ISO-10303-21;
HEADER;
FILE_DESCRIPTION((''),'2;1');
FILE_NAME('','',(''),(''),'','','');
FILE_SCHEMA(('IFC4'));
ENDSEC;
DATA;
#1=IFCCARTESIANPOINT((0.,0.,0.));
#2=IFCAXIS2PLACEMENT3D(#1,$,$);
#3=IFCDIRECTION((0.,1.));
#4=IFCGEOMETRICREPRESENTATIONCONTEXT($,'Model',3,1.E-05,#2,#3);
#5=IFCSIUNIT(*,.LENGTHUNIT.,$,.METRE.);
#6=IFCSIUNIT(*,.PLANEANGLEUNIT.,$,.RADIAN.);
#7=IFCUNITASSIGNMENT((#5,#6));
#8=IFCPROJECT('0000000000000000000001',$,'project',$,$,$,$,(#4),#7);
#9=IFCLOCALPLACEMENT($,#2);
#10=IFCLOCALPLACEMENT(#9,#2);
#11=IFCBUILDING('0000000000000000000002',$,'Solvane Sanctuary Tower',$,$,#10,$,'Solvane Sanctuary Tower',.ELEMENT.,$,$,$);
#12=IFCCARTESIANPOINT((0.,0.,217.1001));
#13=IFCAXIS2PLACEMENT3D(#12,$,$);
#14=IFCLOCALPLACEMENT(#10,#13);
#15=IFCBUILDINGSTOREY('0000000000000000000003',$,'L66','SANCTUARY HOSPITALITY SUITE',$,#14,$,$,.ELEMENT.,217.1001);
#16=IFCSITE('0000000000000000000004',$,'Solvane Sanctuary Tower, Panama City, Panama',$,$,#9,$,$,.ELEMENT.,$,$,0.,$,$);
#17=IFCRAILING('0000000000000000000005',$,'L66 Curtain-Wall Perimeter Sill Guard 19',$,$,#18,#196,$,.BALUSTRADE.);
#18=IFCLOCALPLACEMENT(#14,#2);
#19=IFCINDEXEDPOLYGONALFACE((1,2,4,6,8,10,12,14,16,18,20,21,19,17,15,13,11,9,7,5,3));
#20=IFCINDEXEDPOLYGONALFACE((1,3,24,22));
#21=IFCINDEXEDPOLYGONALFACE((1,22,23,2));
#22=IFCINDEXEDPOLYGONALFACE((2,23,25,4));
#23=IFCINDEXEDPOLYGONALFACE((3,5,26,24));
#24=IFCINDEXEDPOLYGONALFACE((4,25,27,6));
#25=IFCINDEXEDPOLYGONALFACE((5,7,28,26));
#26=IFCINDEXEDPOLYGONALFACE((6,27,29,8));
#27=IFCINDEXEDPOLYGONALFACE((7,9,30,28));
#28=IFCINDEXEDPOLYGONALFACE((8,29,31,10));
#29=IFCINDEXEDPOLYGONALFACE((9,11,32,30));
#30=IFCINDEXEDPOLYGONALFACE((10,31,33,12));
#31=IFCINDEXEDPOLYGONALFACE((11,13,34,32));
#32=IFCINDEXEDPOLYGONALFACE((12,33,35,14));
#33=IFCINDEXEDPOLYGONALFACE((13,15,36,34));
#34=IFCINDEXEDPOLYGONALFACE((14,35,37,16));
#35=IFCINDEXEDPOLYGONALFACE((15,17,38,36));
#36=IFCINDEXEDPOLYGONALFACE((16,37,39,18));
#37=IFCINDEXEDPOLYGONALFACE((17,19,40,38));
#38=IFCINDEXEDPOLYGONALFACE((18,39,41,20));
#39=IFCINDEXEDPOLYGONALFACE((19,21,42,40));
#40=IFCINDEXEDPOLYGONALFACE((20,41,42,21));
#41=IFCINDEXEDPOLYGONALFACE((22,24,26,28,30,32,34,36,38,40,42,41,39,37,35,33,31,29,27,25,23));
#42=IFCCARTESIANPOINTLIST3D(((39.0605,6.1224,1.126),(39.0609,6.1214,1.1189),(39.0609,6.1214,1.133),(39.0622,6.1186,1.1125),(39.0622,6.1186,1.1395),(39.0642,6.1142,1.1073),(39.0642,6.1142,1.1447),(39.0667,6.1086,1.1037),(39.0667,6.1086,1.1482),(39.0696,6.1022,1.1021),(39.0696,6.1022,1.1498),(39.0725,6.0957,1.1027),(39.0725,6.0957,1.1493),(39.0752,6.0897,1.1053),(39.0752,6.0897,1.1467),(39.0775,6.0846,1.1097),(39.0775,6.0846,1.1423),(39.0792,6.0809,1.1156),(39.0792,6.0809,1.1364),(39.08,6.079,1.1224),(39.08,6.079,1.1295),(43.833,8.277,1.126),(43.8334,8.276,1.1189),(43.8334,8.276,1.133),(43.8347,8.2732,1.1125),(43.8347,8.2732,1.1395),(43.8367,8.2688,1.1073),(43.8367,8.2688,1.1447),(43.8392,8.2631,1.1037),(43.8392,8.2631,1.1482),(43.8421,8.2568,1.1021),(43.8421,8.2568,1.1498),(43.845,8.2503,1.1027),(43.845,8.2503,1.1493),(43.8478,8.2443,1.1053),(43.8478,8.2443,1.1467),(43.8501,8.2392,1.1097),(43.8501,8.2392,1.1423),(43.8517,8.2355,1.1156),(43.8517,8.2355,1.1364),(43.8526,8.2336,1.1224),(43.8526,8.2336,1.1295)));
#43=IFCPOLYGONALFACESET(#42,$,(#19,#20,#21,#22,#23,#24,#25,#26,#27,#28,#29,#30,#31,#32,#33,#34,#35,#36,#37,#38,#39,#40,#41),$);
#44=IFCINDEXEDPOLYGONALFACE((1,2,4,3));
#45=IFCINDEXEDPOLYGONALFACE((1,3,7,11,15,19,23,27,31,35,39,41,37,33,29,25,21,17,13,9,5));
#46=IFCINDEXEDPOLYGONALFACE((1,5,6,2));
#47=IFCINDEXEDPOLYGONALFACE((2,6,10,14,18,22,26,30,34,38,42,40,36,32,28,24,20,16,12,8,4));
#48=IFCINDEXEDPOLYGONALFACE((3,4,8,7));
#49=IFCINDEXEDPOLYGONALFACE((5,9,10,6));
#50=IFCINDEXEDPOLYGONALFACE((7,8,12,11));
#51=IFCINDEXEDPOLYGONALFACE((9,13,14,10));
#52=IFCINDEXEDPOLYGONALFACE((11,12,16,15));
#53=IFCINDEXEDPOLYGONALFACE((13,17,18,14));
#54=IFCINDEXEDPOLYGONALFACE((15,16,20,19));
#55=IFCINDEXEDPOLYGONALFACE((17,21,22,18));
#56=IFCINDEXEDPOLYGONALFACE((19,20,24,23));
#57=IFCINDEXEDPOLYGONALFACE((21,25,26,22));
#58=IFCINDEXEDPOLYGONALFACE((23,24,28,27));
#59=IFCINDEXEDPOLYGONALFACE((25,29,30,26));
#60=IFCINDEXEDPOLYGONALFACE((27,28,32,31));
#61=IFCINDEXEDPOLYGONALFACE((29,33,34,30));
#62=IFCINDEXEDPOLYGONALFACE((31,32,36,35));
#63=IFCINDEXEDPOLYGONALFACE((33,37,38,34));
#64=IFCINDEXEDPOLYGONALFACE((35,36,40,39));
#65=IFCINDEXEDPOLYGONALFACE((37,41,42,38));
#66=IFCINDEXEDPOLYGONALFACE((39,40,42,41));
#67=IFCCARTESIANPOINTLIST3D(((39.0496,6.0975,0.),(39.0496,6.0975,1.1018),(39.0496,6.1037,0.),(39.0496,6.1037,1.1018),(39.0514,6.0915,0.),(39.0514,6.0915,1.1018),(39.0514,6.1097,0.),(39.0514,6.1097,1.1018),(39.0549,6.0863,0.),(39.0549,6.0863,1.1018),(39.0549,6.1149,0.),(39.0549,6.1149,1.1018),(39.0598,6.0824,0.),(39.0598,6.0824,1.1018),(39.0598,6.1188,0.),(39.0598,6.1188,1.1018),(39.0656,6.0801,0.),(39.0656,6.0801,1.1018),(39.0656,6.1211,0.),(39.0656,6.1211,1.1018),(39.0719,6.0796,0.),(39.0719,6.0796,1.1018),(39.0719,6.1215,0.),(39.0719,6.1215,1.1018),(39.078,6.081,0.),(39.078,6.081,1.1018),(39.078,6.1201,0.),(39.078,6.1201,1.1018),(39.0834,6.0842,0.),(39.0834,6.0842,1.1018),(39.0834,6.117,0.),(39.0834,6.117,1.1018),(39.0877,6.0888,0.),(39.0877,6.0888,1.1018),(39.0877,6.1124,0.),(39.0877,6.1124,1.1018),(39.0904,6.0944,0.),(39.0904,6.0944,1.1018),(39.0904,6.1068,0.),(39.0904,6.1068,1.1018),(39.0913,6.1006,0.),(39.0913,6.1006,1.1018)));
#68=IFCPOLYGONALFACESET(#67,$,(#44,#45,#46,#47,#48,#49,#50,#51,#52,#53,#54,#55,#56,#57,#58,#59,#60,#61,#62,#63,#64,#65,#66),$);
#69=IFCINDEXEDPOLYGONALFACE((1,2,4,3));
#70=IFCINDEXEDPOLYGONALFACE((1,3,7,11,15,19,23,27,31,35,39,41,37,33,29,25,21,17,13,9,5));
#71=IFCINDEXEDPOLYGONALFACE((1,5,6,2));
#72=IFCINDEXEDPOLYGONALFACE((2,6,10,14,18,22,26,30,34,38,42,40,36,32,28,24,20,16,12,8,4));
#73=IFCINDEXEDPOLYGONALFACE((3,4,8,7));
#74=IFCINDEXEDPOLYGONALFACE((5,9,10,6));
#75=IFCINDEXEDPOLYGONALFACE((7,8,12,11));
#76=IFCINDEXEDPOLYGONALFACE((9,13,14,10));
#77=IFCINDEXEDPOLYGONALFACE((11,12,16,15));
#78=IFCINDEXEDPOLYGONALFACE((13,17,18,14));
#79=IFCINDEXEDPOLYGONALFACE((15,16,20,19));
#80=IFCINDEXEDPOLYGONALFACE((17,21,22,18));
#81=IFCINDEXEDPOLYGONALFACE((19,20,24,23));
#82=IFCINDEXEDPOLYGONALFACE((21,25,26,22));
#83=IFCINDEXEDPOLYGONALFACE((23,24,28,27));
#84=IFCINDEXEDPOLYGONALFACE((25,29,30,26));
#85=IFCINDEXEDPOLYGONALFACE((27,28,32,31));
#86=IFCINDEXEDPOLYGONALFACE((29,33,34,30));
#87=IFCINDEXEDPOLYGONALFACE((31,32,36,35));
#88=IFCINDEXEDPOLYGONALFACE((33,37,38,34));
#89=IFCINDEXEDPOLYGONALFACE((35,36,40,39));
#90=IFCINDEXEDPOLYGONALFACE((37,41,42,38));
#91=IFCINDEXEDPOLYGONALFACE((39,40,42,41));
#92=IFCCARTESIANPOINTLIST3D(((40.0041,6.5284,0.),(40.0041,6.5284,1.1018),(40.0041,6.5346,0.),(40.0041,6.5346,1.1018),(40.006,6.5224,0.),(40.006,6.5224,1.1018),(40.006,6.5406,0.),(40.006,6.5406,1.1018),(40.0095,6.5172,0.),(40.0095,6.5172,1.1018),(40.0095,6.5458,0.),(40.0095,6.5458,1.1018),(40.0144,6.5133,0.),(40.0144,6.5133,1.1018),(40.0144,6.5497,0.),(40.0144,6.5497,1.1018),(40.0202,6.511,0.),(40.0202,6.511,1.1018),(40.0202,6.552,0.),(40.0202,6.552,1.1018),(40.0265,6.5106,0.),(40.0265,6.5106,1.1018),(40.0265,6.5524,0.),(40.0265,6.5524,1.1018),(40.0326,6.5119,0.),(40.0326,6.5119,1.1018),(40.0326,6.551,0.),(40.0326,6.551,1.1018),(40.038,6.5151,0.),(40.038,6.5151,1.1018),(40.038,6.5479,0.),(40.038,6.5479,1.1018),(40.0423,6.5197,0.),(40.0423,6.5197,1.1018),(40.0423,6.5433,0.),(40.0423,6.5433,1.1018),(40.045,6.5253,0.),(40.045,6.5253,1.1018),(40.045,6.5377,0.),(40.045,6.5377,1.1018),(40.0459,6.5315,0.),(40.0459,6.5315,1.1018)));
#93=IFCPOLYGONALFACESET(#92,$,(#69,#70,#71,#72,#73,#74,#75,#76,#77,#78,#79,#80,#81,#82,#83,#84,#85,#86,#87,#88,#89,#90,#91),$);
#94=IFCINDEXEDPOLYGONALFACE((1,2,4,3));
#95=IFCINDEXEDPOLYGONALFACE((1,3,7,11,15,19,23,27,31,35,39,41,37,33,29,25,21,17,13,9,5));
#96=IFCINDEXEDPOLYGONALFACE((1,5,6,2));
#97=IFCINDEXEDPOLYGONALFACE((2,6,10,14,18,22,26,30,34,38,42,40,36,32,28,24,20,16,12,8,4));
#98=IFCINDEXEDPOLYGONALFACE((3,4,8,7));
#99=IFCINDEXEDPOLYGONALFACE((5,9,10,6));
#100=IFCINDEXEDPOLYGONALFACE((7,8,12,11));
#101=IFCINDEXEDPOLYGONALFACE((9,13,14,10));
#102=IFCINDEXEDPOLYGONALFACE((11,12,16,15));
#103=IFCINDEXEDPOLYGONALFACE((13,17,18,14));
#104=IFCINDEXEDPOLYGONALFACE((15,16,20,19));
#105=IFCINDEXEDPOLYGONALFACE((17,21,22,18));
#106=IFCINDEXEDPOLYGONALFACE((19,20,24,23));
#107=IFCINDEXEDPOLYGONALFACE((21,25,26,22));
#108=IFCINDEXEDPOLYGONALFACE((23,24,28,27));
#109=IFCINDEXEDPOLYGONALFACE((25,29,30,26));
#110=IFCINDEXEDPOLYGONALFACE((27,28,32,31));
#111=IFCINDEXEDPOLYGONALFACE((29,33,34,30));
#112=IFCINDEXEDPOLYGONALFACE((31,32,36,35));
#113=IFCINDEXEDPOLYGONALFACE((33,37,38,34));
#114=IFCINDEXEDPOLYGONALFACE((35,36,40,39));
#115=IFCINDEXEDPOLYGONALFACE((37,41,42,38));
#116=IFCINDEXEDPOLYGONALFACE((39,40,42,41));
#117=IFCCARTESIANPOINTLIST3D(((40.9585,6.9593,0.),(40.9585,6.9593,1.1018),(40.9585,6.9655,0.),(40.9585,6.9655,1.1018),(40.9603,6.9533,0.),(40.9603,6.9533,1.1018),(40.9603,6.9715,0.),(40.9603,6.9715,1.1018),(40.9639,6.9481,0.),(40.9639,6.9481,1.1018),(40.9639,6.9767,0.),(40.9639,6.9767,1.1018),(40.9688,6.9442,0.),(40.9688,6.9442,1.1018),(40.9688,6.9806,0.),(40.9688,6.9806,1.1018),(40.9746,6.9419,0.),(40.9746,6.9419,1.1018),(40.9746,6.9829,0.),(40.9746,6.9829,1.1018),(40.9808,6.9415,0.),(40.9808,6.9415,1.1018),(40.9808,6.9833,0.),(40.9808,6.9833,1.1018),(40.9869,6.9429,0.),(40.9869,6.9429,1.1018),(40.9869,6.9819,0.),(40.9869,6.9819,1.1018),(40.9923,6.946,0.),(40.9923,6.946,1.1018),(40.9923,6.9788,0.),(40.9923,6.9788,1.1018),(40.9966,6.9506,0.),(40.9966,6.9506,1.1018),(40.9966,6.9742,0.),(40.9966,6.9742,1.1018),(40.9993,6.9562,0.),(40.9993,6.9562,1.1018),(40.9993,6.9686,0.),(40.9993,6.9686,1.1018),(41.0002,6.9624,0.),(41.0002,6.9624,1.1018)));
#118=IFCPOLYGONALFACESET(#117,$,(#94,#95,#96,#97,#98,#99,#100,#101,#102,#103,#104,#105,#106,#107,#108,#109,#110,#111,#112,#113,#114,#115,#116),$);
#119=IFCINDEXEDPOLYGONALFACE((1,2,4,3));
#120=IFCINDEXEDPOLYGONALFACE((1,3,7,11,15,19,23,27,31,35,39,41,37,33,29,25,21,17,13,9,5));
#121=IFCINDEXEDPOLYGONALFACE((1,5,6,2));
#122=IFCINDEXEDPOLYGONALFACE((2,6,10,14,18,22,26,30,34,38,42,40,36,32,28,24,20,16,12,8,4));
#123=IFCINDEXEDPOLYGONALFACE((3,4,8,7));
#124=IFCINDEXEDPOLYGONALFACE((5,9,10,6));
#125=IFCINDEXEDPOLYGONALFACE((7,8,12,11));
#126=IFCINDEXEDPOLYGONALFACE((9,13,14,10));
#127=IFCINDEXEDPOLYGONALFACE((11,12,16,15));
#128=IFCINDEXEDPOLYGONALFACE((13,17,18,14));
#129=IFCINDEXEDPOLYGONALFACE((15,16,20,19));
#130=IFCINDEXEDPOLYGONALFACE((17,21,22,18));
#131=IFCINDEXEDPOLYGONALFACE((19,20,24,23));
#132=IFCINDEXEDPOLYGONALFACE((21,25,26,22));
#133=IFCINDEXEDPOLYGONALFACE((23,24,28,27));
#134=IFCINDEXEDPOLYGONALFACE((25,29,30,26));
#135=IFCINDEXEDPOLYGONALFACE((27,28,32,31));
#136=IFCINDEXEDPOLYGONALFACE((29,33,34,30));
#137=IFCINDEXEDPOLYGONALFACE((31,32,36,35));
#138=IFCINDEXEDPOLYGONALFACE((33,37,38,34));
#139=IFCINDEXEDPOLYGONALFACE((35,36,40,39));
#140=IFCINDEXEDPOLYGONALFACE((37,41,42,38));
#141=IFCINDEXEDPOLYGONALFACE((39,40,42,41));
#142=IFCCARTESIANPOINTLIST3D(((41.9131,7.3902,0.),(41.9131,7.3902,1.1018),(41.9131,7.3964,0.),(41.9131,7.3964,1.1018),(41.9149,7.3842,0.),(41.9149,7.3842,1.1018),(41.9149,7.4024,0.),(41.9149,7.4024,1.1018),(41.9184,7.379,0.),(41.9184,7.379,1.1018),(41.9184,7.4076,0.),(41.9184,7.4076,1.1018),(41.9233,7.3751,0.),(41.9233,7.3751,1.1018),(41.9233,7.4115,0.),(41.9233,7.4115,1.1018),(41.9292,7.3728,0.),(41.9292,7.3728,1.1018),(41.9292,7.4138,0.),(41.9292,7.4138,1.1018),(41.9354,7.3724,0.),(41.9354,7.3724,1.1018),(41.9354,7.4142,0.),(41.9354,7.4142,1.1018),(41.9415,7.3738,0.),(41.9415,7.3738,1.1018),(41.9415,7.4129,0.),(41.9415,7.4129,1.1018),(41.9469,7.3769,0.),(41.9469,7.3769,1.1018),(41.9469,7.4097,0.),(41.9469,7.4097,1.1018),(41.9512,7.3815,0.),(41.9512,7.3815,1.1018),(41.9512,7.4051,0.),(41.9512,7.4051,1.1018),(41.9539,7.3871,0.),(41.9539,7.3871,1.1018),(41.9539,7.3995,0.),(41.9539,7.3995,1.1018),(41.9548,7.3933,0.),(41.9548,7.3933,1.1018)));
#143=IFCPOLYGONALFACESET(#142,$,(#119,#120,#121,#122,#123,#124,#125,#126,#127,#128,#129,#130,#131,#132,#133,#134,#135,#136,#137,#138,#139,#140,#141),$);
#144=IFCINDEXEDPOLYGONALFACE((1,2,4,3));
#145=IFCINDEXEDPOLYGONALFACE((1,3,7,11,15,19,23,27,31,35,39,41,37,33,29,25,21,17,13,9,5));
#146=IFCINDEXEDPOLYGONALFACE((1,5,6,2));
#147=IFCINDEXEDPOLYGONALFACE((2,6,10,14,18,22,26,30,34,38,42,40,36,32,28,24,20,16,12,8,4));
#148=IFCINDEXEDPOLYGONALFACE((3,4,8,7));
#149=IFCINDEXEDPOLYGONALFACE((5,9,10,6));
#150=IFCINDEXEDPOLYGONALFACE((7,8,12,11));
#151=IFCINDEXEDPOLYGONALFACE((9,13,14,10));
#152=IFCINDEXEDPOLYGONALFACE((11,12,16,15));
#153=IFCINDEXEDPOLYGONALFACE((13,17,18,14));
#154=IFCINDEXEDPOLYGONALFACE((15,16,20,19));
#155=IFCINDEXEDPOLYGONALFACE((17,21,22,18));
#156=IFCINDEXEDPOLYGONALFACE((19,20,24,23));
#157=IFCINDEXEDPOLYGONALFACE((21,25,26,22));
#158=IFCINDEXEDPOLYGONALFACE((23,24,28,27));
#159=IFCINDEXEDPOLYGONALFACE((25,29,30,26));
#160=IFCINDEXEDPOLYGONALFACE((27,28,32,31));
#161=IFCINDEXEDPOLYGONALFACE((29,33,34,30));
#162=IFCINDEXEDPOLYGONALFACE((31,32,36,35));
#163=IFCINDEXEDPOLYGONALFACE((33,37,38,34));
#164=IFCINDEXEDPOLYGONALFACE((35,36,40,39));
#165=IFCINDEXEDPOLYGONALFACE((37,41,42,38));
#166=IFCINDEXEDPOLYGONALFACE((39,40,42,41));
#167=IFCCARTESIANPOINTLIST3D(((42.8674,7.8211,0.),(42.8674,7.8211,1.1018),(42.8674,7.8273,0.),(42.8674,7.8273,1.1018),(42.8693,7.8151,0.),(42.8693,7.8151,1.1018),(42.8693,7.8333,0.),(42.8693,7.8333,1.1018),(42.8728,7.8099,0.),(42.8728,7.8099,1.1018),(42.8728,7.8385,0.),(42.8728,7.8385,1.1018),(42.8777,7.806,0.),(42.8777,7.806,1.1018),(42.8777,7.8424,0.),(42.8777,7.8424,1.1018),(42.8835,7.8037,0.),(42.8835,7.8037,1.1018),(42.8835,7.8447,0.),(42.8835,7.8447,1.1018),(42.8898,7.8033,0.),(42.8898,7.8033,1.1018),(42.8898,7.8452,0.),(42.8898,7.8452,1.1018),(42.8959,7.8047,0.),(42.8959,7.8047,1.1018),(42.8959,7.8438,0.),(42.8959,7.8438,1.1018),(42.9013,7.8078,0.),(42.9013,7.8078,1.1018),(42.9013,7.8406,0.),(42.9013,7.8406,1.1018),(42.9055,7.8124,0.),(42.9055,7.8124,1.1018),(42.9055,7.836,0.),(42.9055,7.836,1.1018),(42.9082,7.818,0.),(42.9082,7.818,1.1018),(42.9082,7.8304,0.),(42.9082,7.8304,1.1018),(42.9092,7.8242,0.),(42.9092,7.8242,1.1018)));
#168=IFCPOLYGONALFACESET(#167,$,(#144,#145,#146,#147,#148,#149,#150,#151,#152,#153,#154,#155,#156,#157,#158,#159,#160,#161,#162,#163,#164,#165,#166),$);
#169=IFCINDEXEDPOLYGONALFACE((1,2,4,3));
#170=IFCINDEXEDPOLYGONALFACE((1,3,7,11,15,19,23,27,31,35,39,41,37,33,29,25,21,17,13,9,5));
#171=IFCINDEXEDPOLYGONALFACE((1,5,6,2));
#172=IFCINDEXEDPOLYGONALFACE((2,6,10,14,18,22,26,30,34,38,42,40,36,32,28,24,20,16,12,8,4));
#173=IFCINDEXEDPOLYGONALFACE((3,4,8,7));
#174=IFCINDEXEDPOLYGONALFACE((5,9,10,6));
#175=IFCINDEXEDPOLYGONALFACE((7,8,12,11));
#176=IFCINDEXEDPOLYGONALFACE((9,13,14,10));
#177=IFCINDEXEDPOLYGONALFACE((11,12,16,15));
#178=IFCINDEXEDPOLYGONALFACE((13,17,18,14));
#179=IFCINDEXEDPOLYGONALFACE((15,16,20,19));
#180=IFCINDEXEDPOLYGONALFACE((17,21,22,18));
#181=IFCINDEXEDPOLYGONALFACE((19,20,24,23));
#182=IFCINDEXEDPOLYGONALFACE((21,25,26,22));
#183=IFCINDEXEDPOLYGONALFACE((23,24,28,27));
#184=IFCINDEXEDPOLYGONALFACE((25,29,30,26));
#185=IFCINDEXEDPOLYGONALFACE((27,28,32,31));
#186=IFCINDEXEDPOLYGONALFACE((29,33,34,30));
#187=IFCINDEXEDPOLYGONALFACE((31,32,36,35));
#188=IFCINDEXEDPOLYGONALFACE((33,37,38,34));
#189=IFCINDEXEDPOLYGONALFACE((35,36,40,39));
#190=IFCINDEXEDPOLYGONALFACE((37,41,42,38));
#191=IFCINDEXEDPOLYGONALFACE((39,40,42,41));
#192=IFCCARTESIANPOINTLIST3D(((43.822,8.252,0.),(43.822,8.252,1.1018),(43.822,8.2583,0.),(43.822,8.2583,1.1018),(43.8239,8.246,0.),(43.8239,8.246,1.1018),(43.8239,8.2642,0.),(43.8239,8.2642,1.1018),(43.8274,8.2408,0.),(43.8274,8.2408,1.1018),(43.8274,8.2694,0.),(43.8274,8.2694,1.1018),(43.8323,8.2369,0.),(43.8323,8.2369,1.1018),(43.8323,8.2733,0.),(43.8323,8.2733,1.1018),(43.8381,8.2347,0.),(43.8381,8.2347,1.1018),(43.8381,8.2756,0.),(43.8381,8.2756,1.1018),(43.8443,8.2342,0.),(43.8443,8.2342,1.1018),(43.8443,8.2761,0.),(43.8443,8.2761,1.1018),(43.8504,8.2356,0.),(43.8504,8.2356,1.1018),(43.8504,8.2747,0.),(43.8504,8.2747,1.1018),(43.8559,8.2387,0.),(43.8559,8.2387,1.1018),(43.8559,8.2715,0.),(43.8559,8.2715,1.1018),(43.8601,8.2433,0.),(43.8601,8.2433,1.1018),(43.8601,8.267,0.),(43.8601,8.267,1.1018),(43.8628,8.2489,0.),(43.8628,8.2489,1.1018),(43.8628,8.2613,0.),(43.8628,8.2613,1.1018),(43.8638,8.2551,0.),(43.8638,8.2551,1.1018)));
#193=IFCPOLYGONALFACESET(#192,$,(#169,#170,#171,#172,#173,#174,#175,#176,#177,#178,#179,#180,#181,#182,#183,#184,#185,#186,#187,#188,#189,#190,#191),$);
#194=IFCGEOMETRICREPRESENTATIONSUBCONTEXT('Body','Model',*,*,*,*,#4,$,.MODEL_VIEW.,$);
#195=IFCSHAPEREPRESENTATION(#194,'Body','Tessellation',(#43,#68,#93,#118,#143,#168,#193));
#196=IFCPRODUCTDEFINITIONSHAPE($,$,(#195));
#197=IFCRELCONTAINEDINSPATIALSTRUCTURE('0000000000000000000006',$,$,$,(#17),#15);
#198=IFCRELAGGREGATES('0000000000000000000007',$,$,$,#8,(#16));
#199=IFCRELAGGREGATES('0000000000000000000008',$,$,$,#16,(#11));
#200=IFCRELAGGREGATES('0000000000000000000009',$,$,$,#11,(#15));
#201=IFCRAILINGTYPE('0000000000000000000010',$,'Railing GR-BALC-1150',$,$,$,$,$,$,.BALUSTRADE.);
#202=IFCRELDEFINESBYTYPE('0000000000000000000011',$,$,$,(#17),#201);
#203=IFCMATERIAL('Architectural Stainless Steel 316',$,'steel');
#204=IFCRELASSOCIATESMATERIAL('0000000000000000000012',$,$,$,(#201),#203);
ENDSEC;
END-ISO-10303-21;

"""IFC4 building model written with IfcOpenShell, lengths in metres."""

from ifc_helpers import new_model, si_unit, direction, frame, origin, origin_2d, place, context, subcontext, project, spatial, circle, extrude, material, type_object, element, save


model = new_model("IFC4")

# Units and contexts
model_context = context("Model", 3, precision=1e-05, world=origin(), true_north=direction((0.0, 1.0)))
body_context = subcontext(model_context, "Body", "Model", "MODEL_VIEW")
ifc_project = project(units=[si_unit("LENGTHUNIT", "METRE"), si_unit("PLANEANGLEUNIT", "RADIAN")], contexts=[model_context])

# Site, building, storey
site_placement = place(None, origin())
site = spatial("IfcSite", under=ifc_project, at=site_placement, Name="Solvane Sanctuary Tower, Panama City, Panama", CompositionType="ELEMENT", RefElevation=0.0)
building_placement = place(site_placement, origin())
building = spatial("IfcBuilding", under=site, at=building_placement, Name="Solvane Sanctuary Tower", LongName="Solvane Sanctuary Tower", CompositionType="ELEMENT")
storey_placement = place(building_placement, frame((0.0, 0.0, 217.1001)))
storey = spatial("IfcBuildingStorey", under=building, at=storey_placement, Name="L66", Description="SANCTUARY HOSPITALITY SUITE", CompositionType="ELEMENT", Elevation=217.1001)

# Railing
ifc_material_1 = material(Name="Architectural Stainless Steel 316", Category="steel")
railing_type = type_object("IfcRailingType", Name="Railing GR-BALC-1150", PredefinedType="BALUSTRADE", material=ifc_material_1)
railing_placement = place(storey_placement, frame((39.0703, 6.1006, 0.0)))
element("IfcRailing", 1, at=railing_placement, inside=storey, type_object=railing_type, Name="L66 Curtain-Wall Perimeter Sill Guard 19", PredefinedType="BALUSTRADE", context=body_context, shape_type="SweptSolid", body=[
    extrude(circle(Radius=0.0239, at=origin_2d()), frame((0.0, 0.0, 1.126), z_axis=(0.911425, 0.411466, 0.0), x_axis=(-0.411466, 0.911425, 0.0)), (0.0, 0.0, 1.0), 5.2363),
    extrude(circle(Radius=0.021, at=origin_2d()), origin(), (0.0, 0.0, 1.0), 1.1018),
    extrude(circle(Radius=0.021, at=origin_2d()), frame((0.9546, 0.4309, 0.0)), (0.0, 0.0, 1.0), 1.1018),
    extrude(circle(Radius=0.021, at=origin_2d()), frame((1.9089, 0.8618, 0.0)), (0.0, 0.0, 1.0), 1.1018),
    extrude(circle(Radius=0.021, at=origin_2d()), frame((2.8635, 1.2927, 0.0)), (0.0, 0.0, 1.0), 1.1018),
    extrude(circle(Radius=0.021, at=origin_2d()), frame((3.8179, 1.7236, 0.0)), (0.0, 0.0, 1.0), 1.1018),
    extrude(circle(Radius=0.021, at=origin_2d()), frame((4.7725, 2.1545, 0.0)), (0.0, 0.0, 1.0), 1.1018),
])

save(model, "model.ifc")
